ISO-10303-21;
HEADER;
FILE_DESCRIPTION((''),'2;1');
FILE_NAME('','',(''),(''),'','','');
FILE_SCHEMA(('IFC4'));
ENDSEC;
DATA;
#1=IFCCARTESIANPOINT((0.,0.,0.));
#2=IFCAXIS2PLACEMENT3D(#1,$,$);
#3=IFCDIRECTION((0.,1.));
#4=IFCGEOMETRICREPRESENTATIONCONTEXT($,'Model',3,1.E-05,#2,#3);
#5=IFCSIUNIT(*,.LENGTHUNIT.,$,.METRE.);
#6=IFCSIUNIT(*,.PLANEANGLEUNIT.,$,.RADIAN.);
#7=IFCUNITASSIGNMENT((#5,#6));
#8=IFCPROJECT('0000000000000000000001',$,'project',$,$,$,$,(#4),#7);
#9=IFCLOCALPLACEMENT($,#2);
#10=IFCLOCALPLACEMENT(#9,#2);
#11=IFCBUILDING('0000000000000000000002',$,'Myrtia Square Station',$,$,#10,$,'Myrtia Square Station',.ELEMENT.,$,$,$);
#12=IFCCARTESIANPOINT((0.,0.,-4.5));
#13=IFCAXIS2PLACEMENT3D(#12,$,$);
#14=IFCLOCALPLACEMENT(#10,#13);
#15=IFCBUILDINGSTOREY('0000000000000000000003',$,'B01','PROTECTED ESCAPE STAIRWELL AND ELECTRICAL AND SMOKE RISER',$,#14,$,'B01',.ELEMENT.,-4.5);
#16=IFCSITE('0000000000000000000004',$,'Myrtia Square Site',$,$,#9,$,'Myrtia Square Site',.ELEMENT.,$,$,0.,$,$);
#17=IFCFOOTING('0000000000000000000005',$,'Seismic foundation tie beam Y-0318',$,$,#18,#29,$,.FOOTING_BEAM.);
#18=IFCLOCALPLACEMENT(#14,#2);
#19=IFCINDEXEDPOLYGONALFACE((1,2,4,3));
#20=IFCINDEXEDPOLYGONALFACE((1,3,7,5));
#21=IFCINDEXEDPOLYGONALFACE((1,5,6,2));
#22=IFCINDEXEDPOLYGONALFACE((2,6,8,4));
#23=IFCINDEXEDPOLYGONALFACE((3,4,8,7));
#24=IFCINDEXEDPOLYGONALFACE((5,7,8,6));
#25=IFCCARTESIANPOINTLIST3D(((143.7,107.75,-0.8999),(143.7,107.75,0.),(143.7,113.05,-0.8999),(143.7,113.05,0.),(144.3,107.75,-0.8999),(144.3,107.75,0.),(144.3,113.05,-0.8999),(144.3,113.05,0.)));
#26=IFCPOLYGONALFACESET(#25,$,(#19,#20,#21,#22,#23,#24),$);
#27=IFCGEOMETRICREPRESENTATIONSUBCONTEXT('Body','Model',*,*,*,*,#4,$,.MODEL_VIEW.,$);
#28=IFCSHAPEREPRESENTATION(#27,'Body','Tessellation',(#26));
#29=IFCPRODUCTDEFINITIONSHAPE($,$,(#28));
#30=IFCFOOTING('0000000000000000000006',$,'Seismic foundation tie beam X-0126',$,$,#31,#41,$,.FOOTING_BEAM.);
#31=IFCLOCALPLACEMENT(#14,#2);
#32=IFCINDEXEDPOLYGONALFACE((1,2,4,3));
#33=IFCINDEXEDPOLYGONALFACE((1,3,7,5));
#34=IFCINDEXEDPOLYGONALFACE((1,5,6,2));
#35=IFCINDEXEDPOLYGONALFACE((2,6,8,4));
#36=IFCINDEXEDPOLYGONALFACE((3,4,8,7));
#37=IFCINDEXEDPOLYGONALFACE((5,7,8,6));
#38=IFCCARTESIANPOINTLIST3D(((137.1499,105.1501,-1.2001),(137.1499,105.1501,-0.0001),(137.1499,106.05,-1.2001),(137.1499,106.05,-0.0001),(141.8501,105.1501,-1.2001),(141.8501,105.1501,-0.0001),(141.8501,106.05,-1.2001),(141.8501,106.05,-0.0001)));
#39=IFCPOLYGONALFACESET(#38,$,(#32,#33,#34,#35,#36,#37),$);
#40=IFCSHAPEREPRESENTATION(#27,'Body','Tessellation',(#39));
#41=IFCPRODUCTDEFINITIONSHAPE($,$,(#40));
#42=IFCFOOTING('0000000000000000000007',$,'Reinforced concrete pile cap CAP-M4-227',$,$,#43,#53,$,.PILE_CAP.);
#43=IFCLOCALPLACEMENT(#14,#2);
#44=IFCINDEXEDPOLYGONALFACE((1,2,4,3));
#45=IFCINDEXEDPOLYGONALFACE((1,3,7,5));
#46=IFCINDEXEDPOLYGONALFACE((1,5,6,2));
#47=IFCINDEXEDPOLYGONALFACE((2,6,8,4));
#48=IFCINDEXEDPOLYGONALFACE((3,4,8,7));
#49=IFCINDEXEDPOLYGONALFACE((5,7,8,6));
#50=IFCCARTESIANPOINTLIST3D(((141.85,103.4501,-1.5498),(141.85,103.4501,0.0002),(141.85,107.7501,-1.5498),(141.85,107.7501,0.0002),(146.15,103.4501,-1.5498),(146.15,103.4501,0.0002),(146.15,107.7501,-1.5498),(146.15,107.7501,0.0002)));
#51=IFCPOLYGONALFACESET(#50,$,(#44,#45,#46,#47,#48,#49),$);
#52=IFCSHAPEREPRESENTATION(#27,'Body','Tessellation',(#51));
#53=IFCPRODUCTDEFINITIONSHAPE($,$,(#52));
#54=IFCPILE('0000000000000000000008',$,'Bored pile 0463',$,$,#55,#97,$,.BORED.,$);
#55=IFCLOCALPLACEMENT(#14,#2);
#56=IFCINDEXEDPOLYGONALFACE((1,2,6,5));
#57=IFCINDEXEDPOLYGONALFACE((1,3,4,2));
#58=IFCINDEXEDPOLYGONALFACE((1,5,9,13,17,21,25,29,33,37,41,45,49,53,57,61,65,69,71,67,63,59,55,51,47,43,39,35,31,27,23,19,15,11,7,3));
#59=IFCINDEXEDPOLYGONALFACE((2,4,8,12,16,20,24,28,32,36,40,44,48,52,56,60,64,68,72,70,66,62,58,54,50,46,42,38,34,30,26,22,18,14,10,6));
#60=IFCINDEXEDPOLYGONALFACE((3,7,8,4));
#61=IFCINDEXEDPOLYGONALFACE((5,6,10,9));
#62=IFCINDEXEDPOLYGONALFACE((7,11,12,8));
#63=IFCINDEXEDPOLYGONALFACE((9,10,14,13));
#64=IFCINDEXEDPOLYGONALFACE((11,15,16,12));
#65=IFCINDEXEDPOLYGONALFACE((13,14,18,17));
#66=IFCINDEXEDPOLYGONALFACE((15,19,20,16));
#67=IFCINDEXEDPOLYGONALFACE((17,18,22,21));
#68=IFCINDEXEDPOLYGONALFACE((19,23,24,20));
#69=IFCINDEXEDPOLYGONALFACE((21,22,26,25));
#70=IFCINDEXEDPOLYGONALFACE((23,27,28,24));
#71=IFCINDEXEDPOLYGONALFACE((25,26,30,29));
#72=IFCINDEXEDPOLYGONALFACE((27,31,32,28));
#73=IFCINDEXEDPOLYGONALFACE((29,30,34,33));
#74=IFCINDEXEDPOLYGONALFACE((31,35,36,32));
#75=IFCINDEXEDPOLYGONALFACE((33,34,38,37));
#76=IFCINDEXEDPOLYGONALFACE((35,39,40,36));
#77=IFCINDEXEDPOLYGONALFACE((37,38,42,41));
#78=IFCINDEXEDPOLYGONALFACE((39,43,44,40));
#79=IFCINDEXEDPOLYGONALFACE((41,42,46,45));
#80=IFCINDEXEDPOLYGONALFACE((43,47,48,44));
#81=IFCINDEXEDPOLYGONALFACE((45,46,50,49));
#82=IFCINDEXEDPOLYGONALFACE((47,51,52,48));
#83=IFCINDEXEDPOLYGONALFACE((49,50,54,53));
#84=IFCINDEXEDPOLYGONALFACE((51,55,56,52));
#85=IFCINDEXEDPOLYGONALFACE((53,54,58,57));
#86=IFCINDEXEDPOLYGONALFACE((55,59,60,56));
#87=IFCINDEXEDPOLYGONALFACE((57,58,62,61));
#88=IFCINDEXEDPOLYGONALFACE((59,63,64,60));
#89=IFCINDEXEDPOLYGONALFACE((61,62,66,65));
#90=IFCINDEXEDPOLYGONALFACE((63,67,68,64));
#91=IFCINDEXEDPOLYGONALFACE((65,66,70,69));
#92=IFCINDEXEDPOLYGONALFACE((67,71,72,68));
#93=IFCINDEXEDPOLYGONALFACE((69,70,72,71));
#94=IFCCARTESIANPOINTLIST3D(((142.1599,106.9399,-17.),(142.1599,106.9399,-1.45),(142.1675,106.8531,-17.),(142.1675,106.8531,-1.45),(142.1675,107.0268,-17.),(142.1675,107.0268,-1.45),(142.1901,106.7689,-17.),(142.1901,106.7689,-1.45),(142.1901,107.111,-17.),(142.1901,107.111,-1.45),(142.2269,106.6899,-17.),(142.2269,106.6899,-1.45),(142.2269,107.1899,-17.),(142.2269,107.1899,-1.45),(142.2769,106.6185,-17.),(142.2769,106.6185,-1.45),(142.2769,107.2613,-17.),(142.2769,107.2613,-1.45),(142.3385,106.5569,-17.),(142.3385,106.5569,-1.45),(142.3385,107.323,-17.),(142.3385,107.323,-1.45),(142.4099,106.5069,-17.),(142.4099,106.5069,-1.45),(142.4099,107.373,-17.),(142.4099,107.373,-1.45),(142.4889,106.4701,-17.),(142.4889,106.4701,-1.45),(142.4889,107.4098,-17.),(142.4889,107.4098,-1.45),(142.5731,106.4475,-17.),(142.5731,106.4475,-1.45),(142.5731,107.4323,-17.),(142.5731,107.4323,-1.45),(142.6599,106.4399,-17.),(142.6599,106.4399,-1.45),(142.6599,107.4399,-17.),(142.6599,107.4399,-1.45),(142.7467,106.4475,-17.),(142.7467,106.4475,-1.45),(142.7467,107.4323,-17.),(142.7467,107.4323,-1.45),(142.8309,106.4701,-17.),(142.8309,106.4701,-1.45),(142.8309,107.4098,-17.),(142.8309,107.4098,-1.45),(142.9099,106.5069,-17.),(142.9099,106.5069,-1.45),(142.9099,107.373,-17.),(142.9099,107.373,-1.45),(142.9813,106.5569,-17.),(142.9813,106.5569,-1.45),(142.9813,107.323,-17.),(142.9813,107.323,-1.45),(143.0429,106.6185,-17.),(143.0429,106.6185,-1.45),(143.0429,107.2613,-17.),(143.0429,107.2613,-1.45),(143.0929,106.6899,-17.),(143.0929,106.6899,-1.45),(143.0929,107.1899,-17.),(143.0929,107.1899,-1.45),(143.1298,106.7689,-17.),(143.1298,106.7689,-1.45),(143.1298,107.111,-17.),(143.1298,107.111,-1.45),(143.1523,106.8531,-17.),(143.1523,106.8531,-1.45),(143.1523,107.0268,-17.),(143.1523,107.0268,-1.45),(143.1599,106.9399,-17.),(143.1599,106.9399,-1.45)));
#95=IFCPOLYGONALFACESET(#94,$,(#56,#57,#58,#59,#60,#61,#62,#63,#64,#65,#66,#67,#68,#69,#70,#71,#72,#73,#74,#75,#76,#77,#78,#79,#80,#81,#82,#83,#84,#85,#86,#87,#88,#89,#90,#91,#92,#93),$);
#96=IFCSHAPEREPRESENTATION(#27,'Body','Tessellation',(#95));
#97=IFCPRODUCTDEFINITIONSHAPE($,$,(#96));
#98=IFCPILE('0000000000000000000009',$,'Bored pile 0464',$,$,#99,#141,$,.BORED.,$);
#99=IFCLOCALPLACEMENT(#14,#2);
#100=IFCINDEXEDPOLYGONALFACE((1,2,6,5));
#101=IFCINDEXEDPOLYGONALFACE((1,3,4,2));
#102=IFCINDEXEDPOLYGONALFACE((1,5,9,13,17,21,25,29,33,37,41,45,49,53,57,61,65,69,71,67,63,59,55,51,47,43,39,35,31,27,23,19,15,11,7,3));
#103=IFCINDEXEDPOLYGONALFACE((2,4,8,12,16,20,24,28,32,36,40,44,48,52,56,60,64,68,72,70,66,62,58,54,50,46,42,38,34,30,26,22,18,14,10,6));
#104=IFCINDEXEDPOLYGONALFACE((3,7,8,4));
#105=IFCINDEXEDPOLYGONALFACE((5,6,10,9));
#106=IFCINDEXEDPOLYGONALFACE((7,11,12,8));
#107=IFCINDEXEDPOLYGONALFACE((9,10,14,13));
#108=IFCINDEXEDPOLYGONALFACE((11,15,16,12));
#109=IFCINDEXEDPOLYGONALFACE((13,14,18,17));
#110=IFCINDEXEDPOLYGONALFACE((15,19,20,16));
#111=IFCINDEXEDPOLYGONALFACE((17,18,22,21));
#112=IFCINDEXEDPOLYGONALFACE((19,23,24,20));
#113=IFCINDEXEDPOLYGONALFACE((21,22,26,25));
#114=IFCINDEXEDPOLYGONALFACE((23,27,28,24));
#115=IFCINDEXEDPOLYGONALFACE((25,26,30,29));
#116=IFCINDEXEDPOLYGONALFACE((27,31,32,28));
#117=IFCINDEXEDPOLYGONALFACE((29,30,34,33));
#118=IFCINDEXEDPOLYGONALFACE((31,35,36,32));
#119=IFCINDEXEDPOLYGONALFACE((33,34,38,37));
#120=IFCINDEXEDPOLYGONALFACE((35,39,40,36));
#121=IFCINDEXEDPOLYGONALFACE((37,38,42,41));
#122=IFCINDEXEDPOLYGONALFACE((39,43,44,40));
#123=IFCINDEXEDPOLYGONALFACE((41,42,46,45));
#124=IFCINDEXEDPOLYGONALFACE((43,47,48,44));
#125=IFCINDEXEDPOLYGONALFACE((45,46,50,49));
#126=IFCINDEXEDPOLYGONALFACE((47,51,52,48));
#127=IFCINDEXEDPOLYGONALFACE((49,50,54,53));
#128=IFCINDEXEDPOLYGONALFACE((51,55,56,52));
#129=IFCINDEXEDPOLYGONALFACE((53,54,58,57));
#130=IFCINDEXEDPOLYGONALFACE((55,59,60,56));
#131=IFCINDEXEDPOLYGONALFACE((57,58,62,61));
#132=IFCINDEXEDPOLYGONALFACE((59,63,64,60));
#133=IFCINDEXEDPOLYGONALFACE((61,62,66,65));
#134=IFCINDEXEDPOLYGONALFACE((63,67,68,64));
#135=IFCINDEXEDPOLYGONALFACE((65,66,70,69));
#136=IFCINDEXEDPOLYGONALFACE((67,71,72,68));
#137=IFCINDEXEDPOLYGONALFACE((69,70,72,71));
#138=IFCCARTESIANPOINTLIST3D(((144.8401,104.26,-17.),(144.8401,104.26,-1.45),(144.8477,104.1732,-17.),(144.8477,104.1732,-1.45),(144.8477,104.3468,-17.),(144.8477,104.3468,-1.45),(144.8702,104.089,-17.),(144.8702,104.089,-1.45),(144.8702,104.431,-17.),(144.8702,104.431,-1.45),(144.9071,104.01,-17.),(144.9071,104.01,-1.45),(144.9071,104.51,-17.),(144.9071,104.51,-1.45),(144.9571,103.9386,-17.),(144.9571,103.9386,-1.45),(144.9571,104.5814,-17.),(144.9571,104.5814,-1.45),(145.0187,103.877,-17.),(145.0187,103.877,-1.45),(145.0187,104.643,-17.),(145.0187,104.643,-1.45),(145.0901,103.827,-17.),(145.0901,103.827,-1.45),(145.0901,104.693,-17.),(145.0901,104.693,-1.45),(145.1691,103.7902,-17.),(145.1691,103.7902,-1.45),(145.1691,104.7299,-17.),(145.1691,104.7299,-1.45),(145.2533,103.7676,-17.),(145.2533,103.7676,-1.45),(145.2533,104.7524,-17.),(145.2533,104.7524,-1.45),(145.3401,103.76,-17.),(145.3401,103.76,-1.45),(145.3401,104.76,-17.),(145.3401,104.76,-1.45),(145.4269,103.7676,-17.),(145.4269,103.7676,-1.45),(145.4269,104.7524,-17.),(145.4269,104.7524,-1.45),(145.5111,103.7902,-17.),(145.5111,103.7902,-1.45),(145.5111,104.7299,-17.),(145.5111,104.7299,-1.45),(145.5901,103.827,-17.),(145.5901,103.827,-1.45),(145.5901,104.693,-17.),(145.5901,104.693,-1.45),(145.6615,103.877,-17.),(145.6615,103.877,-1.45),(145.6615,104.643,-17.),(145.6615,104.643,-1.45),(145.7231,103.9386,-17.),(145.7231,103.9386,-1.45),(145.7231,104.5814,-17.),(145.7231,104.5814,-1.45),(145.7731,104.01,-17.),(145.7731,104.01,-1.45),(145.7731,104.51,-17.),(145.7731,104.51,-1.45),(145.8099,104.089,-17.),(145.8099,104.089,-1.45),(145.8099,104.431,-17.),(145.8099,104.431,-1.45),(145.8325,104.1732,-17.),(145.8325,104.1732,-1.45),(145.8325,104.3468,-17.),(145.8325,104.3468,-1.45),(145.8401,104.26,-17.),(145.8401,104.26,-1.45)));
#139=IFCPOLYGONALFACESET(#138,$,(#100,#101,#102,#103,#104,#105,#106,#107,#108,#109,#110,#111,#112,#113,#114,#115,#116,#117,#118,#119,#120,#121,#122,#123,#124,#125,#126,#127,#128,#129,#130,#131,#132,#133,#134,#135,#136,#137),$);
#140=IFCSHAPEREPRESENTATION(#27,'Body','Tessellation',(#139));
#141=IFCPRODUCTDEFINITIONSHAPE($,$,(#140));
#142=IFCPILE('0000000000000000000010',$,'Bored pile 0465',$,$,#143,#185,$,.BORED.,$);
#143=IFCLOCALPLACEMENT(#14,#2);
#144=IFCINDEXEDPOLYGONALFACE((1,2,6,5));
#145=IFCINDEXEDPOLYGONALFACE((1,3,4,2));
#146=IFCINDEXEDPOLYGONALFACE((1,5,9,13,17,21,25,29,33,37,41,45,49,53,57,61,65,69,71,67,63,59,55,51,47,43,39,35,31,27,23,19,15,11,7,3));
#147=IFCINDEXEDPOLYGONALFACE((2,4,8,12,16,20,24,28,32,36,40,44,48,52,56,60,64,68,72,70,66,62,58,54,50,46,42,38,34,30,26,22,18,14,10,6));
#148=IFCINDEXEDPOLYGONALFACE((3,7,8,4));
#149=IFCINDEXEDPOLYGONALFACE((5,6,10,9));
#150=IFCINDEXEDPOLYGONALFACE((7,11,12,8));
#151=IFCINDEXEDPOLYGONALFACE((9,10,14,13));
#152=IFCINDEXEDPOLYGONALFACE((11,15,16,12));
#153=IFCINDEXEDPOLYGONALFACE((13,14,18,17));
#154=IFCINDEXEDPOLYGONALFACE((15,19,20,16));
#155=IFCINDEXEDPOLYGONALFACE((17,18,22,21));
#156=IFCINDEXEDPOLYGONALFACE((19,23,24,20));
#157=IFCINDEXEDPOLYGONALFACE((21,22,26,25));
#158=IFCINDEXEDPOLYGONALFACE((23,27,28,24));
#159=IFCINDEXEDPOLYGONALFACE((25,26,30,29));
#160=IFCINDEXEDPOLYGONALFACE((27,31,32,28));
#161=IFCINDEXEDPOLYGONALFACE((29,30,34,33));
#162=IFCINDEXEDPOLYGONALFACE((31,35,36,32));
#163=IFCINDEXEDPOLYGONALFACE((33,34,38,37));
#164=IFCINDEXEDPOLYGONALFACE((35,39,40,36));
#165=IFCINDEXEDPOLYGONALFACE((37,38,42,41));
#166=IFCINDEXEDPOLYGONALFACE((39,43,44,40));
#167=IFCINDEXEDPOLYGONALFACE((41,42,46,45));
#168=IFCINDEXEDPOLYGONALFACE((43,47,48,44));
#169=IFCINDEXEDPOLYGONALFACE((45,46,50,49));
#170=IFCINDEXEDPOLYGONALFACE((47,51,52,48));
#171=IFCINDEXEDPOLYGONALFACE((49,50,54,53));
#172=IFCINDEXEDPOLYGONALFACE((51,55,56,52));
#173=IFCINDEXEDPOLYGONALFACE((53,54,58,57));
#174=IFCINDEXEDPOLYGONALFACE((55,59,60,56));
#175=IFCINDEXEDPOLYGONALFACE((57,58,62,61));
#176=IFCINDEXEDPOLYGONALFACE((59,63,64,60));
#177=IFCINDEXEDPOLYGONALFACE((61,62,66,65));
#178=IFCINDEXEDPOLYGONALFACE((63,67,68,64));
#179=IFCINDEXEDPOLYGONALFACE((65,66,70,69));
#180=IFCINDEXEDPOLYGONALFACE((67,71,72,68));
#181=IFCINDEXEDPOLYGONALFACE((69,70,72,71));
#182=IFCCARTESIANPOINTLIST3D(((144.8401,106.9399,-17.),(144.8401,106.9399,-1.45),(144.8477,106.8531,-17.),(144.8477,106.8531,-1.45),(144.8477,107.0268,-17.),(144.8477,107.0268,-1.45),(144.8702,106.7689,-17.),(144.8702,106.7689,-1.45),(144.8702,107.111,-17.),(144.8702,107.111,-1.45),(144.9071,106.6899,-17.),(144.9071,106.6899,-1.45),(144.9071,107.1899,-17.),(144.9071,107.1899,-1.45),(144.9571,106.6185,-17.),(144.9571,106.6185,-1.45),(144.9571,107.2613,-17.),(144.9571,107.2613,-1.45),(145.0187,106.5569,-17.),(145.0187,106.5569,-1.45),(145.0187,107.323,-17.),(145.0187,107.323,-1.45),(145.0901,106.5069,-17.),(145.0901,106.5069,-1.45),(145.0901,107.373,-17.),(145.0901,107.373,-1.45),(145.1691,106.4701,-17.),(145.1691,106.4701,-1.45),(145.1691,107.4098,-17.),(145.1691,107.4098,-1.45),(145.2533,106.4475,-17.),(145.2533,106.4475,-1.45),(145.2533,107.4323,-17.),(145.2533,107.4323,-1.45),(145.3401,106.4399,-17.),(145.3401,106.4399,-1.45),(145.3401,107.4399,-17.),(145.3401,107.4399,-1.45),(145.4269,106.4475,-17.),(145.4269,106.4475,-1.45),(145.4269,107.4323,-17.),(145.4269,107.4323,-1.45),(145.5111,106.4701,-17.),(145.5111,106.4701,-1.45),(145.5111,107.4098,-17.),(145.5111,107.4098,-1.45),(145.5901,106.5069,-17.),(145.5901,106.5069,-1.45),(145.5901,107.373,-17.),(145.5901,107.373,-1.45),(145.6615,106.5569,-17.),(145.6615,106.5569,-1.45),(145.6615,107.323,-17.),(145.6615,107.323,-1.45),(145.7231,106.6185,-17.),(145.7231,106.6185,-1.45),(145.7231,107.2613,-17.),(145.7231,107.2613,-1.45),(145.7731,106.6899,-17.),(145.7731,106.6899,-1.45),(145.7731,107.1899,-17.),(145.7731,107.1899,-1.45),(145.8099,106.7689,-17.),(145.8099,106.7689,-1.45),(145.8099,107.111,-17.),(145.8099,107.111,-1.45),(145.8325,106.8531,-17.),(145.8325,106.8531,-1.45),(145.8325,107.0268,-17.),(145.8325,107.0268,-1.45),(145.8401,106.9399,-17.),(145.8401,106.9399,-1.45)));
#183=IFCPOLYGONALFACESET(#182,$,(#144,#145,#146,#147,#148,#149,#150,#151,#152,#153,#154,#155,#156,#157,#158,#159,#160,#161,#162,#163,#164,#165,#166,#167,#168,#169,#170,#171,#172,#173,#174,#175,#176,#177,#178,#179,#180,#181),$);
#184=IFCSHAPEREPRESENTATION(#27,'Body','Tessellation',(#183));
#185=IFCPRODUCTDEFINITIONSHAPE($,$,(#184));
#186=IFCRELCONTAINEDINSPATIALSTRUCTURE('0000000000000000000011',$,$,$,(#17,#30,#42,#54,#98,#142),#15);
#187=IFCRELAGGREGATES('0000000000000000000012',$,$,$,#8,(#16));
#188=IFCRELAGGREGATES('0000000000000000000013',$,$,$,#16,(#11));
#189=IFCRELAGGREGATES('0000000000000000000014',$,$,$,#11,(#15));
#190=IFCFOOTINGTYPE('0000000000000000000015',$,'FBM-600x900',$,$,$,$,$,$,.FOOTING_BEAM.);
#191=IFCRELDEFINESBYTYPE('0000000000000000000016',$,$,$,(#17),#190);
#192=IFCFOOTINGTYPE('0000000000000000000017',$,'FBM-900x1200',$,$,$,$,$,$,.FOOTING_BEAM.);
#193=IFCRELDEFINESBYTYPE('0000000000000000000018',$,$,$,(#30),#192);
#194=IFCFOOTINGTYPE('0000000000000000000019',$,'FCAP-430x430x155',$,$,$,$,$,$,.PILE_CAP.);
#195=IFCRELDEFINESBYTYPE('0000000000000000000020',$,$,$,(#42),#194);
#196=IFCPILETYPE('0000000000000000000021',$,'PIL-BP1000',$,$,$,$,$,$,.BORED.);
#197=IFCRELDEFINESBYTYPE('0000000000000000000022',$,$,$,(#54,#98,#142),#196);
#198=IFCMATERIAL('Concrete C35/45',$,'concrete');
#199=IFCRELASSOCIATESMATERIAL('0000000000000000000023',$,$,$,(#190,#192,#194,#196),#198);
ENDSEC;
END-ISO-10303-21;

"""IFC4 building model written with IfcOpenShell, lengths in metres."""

from ifc_helpers import new_model, si_unit, direction, frame, origin, origin_2d, place, context, subcontext, project, spatial, rectangle, circle, extrude, material, material_profile, profile_set, type_object, element, save


model = new_model("IFC4")

# Units and contexts
model_context = context("Model", 3, precision=1e-05, world=origin(), true_north=direction((0.0, 1.0)))
body_context = subcontext(model_context, "Body", "Model", "MODEL_VIEW")
ifc_project = project(units=[si_unit("LENGTHUNIT", "METRE"), si_unit("PLANEANGLEUNIT", "RADIAN")], contexts=[model_context])

# Site, building, storey
site_placement = place(None, origin())
site = spatial("IfcSite", under=ifc_project, at=site_placement, Name="Myrtia Square Site", LongName="Myrtia Square Site", CompositionType="ELEMENT", RefElevation=0.0)
building_placement = place(site_placement, origin())
building = spatial("IfcBuilding", under=site, at=building_placement, Name="Myrtia Square Station", LongName="Myrtia Square Station", CompositionType="ELEMENT")
storey_placement = place(building_placement, frame((0.0, 0.0, -4.5)))
storey = spatial("IfcBuildingStorey", under=building, at=storey_placement, Name="B01", Description="PROTECTED ESCAPE STAIRWELL AND ELECTRICAL AND SMOKE RISER", LongName="B01", CompositionType="ELEMENT", Elevation=-4.5)

# Footings
ifc_material_1 = material(Name="Concrete C35/45", Category="concrete")
ifc_material_profile_1 = material_profile(ifc_material_1, rectangle(XDim=0.6001, YDim=0.8999, at=origin_2d()), Name="FB 600x900")
ifc_profile_set_1 = profile_set([ifc_material_profile_1], Name="Concrete C35/45")
footing_type_1 = type_object("IfcFootingType", Name="FBM-600x900", PredefinedType="FOOTING_BEAM", material=ifc_profile_set_1)
footing_1_placement = place(storey_placement, frame((144.0, 107.75, -0.45), z_axis=(0.0, 1.0, 0.0), x_axis=(-1.0, 0.0, 0.0)))
element("IfcFooting", 1, at=footing_1_placement, inside=storey, type_object=footing_type_1, Name="Seismic foundation tie beam Y-0318", PredefinedType="FOOTING_BEAM", context=body_context, shape_type="SweptSolid", body=[
    extrude(rectangle(XDim=0.6001, YDim=0.8999, at=origin_2d()), origin(), (0.0, 0.0, 1.0), 5.3),
])
ifc_material_profile_2 = material_profile(ifc_material_1, rectangle(XDim=0.8999, YDim=1.2, at=origin_2d()), Name="FB 900x1200")
ifc_profile_set_2 = profile_set([ifc_material_profile_2], Name="Concrete C35/45")
footing_type_2 = type_object("IfcFootingType", Name="FBM-900x1200", PredefinedType="FOOTING_BEAM", material=ifc_profile_set_2)
footing_2_placement = place(storey_placement, frame((137.1499, 105.6001, -0.6001), z_axis=(1.0, 0.0, 0.0), x_axis=(0.0, 1.0, 0.0)))
element("IfcFooting", 2, at=footing_2_placement, inside=storey, type_object=footing_type_2, Name="Seismic foundation tie beam X-0126", PredefinedType="FOOTING_BEAM", context=body_context, shape_type="SweptSolid", body=[
    extrude(rectangle(XDim=0.8999, YDim=1.2, at=origin_2d()), origin(), (0.0, 0.0, 1.0), 4.7002),
])
footing_type_3 = type_object("IfcFootingType", Name="FCAP-430x430x155", PredefinedType="PILE_CAP", material=ifc_material_1)
footing_3_placement = place(storey_placement, frame((144.0, 105.6001, -1.5498), z_axis=(0.0, 0.0, 1.0), x_axis=(1.0, 0.0, 0.0)))
element("IfcFooting", 3, at=footing_3_placement, inside=storey, type_object=footing_type_3, Name="Reinforced concrete pile cap CAP-M4-227", PredefinedType="PILE_CAP", context=body_context, shape_type="SweptSolid", body=[
    extrude(rectangle(XDim=4.3, YDim=4.3, at=origin_2d()), origin(), (0.0, 0.0, 1.0), 1.55),
])

# Piles
ifc_material_profile_3 = material_profile(ifc_material_1, circle(Radius=0.5, at=origin_2d()), Name="BP D1000")
ifc_profile_set_3 = profile_set([ifc_material_profile_3], Name="Concrete C35/45")
pile_type = type_object("IfcPileType", Name="PIL-BP1000", PredefinedType="BORED", material=ifc_profile_set_3)
for number, where, z_axis, x_axis, name in (
    (4, (142.6599, 106.9399, -1.45), (0.0, 0.0, -1.0), (1.0, 0.0, 0.0), "Bored pile 0463"),
    (5, (145.3401, 104.26, -1.45), (0.0, 0.0, -1.0), (1.0, 0.0, 0.0), "Bored pile 0464"),
    (6, (145.3401, 106.9399, -1.45), (0.0, 0.0, -1.0), (1.0, 0.0, 0.0), "Bored pile 0465"),
):
    element("IfcPile", number, at=place(storey_placement, frame(where, z_axis=z_axis, x_axis=x_axis)), inside=storey, type_object=pile_type, Name=name, PredefinedType="BORED", context=body_context, shape_type="SweptSolid", body=[
        extrude(circle(Radius=0.5, at=origin_2d()), origin(), (0.0, 0.0, 1.0), 15.55),
    ])

save(model, "model.ifc")
